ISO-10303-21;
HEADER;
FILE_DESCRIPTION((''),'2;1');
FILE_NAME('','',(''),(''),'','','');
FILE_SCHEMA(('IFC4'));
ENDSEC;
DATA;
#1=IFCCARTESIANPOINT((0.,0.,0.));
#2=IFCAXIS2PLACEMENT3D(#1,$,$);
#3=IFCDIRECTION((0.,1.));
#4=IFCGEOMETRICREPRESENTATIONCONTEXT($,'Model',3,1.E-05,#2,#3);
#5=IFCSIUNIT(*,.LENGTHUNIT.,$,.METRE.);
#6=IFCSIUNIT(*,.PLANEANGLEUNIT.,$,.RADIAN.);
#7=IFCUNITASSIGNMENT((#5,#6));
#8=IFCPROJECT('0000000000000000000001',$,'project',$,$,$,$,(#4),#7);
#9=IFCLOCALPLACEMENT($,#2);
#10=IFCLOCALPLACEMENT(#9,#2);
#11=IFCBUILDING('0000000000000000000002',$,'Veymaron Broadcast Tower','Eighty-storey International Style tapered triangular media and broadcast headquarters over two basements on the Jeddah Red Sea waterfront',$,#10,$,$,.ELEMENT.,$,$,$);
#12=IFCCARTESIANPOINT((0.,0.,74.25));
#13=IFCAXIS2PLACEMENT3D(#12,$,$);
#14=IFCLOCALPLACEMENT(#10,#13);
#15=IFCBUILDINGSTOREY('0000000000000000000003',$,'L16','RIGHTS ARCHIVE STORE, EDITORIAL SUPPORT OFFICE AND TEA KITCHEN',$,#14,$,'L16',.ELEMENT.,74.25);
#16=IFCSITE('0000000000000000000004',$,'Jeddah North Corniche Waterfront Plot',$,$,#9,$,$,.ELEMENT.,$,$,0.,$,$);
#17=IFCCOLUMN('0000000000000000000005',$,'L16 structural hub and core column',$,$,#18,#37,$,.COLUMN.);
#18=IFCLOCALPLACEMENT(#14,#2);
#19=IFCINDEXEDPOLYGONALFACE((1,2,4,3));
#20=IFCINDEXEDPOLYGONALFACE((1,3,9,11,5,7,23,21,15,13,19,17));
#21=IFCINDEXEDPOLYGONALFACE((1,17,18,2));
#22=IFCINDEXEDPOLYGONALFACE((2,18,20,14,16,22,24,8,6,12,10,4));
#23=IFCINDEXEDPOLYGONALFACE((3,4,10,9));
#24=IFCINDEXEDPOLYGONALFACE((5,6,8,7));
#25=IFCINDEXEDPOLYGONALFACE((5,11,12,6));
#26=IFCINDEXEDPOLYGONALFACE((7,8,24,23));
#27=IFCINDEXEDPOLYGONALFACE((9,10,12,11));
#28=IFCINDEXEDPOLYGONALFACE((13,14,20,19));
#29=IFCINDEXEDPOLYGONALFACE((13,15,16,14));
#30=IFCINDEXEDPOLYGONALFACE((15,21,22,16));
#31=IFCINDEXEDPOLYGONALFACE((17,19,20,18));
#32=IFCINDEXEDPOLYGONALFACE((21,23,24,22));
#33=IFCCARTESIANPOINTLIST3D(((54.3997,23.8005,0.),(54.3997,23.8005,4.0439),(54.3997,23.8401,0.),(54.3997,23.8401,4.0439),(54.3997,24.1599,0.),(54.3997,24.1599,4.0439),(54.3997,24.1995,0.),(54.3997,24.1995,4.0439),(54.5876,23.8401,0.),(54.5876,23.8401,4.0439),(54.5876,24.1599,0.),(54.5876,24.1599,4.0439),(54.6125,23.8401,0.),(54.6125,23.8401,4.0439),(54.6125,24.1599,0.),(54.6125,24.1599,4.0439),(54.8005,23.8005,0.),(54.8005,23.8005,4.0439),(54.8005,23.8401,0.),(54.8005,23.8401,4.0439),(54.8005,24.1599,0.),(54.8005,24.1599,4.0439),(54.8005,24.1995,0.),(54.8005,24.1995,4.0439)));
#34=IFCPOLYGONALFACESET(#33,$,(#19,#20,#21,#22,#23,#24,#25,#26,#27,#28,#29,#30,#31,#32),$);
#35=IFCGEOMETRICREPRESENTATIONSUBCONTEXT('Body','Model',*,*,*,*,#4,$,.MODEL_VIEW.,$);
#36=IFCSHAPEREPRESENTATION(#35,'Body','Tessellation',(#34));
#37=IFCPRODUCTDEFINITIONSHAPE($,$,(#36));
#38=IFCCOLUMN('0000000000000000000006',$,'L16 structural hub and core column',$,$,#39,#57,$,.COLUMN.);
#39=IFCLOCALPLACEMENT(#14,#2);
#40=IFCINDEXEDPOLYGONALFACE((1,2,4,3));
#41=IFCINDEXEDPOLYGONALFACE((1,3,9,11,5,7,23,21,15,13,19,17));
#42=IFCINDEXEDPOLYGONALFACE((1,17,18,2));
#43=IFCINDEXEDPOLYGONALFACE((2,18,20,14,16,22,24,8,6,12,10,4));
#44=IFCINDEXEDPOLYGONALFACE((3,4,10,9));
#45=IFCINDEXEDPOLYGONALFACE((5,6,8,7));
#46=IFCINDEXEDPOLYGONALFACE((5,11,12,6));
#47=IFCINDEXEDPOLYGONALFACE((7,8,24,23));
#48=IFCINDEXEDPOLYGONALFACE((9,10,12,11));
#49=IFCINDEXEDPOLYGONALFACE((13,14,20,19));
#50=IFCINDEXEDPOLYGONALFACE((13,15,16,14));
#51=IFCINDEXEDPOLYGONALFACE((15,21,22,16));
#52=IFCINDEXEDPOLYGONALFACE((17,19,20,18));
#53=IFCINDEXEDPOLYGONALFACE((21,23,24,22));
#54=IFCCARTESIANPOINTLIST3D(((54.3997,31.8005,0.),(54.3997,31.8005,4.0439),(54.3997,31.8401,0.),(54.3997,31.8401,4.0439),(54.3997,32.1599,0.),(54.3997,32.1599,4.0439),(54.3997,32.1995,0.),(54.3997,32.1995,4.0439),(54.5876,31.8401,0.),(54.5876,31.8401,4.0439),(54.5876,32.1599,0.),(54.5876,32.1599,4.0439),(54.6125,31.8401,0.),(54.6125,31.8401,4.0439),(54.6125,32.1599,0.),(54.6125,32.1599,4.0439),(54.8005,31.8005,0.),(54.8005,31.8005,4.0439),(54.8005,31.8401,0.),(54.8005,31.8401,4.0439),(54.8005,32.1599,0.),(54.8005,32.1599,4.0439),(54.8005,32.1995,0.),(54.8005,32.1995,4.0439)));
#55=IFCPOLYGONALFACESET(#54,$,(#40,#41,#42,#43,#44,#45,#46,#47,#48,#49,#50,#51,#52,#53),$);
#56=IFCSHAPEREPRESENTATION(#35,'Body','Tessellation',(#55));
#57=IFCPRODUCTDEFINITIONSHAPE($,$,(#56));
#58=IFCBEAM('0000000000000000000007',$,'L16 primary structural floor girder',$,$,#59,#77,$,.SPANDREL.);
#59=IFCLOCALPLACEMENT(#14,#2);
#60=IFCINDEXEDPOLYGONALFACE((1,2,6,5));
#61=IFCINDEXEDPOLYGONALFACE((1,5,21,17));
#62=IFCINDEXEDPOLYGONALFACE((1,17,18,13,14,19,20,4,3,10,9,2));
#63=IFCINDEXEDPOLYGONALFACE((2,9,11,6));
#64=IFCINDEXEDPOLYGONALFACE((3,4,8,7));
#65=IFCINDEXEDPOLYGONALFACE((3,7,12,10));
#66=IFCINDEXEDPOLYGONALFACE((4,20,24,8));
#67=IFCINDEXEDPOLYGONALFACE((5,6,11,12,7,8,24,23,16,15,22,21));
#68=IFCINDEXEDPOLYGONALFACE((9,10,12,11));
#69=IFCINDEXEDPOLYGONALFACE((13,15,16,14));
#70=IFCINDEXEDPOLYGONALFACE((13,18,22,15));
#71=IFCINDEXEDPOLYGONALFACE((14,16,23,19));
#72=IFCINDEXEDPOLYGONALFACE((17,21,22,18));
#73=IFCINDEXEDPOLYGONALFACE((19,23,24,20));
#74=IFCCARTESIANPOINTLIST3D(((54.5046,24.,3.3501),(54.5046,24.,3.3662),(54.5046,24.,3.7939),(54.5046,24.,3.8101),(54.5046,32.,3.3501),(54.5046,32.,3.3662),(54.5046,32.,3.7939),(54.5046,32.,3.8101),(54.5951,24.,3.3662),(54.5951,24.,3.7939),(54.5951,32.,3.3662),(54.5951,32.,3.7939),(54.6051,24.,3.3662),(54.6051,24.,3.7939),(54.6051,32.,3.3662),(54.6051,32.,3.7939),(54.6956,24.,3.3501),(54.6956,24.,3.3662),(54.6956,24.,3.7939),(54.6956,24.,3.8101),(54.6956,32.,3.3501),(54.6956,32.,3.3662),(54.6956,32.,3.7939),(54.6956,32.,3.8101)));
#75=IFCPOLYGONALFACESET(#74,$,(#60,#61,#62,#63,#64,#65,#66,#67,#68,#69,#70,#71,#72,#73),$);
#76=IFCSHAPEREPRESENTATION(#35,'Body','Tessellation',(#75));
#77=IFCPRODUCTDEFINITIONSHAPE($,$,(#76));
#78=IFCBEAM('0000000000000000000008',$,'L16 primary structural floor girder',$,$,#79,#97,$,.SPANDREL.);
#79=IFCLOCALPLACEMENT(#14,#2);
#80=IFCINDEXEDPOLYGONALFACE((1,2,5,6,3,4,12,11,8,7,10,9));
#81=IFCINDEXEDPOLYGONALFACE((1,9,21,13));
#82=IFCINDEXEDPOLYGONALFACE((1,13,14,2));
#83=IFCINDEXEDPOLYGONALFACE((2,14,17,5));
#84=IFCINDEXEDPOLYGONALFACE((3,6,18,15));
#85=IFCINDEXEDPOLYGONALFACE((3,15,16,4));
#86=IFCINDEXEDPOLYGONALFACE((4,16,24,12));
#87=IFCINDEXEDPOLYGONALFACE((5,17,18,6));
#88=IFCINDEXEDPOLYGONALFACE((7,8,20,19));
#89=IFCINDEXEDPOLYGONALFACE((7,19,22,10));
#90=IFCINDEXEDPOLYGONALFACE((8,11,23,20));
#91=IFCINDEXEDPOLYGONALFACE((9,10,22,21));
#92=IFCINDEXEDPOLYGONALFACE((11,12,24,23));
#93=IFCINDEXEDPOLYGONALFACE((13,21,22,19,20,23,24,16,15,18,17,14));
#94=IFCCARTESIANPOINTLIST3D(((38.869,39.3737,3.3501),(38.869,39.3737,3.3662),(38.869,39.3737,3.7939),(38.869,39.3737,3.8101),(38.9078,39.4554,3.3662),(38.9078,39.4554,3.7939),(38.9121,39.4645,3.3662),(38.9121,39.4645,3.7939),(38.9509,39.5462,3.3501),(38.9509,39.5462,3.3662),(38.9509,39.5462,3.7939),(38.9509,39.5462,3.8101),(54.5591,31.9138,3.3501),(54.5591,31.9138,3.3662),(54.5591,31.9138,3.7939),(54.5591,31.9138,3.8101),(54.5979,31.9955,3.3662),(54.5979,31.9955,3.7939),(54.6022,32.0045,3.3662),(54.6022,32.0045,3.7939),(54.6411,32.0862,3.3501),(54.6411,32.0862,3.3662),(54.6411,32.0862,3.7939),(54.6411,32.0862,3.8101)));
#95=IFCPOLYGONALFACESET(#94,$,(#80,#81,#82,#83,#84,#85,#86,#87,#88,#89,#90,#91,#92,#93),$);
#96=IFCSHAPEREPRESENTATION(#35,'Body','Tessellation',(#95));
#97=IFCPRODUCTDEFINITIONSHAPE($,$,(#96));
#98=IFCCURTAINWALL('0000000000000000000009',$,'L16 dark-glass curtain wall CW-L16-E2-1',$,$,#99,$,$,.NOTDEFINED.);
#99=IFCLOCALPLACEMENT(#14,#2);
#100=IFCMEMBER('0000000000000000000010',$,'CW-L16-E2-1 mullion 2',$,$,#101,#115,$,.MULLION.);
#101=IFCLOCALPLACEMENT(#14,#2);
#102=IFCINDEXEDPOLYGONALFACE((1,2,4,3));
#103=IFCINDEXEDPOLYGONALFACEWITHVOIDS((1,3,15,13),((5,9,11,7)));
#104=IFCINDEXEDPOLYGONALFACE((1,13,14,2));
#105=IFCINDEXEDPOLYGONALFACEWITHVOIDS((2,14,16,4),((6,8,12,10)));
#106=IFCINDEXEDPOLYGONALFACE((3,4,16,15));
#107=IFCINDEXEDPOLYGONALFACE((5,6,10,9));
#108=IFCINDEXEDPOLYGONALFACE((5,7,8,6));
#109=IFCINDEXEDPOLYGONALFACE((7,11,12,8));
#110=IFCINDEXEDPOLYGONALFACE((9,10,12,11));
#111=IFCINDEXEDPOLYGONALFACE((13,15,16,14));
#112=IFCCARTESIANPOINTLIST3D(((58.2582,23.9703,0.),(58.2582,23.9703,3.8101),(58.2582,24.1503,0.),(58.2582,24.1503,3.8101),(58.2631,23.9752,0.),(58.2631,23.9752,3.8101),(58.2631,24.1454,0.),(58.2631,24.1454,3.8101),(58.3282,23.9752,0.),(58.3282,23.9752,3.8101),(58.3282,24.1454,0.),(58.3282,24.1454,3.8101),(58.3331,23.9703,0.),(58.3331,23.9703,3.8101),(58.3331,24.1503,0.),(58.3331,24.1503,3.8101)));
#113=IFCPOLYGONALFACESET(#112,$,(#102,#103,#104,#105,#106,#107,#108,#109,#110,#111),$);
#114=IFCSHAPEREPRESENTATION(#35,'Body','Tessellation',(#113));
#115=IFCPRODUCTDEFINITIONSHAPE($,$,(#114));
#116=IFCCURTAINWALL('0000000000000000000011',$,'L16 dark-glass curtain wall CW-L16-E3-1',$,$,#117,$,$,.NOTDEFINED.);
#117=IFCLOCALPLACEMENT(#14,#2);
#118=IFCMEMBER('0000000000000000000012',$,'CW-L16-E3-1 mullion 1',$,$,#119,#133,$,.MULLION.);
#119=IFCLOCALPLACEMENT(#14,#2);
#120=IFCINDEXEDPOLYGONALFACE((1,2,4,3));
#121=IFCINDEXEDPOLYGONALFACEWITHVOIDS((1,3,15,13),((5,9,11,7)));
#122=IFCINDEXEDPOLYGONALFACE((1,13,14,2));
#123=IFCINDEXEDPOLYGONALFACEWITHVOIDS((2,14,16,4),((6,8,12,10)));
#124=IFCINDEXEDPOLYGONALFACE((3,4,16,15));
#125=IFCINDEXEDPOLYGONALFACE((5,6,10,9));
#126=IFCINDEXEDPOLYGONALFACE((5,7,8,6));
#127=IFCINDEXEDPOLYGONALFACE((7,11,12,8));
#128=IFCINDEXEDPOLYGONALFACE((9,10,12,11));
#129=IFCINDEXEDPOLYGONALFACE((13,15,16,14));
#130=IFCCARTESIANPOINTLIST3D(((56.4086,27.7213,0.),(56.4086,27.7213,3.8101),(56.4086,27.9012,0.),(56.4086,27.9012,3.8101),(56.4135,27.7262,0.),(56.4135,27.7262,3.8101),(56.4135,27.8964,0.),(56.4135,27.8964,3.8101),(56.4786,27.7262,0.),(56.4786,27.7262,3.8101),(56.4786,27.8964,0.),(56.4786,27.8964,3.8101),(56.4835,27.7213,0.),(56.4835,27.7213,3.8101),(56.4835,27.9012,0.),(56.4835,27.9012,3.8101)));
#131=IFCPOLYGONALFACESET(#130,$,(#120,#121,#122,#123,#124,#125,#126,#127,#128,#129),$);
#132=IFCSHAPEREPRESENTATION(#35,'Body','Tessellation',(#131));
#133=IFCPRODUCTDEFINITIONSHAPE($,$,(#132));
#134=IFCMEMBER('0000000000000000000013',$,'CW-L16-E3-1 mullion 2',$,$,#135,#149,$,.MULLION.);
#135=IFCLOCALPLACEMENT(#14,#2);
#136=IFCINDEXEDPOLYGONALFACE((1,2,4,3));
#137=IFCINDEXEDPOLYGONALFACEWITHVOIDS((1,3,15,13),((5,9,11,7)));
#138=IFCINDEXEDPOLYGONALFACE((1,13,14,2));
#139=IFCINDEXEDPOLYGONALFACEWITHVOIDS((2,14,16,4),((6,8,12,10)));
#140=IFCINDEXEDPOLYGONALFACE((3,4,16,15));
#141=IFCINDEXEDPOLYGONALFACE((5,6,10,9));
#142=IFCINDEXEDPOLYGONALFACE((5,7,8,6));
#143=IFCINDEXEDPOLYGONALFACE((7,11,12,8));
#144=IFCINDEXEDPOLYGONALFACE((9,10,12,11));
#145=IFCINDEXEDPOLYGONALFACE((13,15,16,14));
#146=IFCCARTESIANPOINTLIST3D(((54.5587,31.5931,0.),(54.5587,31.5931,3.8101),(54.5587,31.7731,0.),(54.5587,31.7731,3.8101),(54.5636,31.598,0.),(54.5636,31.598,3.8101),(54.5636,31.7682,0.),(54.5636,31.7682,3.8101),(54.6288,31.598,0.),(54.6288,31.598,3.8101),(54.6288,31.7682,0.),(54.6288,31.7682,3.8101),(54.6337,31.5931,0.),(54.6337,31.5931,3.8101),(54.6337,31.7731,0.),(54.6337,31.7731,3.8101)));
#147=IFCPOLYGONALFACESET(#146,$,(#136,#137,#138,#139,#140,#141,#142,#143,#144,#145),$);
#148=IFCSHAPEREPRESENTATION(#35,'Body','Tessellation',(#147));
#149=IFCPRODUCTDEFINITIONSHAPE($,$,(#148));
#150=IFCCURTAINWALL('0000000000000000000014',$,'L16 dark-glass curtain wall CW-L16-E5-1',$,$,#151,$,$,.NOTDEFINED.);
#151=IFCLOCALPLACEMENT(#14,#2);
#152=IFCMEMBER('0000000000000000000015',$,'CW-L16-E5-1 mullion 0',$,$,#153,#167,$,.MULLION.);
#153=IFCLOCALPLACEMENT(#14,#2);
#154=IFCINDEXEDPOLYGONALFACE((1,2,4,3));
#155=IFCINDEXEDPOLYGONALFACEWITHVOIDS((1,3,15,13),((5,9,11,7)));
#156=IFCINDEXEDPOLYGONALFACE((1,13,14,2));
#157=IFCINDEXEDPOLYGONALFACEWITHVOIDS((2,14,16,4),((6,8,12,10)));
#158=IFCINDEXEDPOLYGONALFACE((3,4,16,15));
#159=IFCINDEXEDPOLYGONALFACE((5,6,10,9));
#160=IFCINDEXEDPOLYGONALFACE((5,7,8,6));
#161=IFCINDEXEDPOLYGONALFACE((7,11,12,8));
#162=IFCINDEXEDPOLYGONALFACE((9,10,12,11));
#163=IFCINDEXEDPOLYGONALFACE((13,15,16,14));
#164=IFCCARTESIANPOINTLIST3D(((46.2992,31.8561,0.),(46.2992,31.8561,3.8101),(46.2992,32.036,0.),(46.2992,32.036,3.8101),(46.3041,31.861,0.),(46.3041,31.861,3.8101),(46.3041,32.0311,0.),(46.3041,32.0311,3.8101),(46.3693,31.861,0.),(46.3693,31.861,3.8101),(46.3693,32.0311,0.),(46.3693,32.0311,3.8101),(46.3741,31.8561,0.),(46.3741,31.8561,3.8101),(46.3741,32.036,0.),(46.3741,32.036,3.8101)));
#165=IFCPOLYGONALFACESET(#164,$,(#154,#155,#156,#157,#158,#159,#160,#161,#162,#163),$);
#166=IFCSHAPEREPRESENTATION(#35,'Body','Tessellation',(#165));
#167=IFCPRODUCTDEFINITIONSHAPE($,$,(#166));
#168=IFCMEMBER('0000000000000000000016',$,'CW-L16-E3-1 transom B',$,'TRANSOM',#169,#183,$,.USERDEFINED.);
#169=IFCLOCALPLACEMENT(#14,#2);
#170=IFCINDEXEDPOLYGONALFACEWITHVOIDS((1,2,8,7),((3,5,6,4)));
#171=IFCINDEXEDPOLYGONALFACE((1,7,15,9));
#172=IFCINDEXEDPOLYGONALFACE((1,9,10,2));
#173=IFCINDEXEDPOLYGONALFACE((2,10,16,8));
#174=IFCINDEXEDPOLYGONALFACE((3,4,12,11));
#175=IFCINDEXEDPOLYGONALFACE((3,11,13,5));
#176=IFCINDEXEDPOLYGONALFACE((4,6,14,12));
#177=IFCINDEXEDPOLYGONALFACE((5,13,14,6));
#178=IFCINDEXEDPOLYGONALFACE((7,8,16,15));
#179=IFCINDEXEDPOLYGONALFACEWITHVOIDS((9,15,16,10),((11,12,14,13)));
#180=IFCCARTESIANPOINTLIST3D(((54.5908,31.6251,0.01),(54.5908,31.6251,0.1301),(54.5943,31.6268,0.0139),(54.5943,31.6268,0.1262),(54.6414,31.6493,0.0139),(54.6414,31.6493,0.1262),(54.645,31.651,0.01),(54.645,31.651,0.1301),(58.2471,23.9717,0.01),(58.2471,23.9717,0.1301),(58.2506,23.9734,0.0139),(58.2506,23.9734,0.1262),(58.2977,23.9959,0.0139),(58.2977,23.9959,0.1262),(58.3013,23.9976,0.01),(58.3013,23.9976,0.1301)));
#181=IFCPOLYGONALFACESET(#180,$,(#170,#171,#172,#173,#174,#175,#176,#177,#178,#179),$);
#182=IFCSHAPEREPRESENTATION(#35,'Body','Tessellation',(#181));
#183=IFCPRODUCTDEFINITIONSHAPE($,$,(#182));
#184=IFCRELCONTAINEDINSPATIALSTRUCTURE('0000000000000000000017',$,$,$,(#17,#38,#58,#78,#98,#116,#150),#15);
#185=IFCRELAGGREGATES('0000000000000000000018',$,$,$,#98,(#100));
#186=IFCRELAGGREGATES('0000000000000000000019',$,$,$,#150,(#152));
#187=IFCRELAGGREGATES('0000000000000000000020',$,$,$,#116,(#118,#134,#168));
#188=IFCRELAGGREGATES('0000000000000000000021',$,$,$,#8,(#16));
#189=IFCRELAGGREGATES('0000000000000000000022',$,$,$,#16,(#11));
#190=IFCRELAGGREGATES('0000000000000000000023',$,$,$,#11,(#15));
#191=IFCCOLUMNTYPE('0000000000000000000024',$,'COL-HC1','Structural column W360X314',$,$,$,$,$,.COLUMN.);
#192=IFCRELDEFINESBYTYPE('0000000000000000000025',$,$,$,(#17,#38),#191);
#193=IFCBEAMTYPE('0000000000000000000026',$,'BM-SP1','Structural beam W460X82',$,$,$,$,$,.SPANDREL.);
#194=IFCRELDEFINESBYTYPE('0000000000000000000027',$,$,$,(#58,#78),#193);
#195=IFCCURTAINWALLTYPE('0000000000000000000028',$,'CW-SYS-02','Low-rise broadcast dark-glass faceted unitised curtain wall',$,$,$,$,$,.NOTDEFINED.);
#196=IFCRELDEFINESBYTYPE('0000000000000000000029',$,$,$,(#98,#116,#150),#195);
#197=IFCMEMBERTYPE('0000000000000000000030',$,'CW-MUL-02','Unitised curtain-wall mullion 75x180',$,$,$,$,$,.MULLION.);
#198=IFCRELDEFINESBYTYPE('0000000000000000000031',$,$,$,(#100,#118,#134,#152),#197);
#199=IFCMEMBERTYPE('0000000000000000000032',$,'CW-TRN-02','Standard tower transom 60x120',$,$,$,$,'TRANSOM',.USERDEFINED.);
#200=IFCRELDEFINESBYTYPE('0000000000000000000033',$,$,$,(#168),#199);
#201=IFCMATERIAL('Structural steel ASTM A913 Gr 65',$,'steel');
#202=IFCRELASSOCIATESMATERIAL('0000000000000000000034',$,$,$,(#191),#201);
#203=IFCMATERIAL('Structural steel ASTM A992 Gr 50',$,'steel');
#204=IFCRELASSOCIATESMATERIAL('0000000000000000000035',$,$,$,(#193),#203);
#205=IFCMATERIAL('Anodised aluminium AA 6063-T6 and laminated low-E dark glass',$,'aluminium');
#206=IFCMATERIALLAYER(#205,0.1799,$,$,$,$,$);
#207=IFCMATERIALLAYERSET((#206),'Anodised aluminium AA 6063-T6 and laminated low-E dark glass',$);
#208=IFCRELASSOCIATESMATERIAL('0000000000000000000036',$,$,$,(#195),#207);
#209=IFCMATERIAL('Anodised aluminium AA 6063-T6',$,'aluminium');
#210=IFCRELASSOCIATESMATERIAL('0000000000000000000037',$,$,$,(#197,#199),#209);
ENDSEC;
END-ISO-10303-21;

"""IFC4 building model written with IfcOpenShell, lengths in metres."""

from ifc_helpers import new_model, si_unit, direction, frame, origin, origin_2d, place, context, subcontext, project, spatial, hollow_rectangle, i_section, extrude, material, layer, layer_set, material_profile, profile_set, type_object, element, aggregate, save


model = new_model("IFC4")

# Units and contexts
model_context = context("Model", 3, precision=1e-05, world=origin(), true_north=direction((0.0, 1.0)))
body_context = subcontext(model_context, "Body", "Model", "MODEL_VIEW")
ifc_project = project(units=[si_unit("LENGTHUNIT", "METRE"), si_unit("PLANEANGLEUNIT", "RADIAN")], contexts=[model_context])

# Site, building, storey
site_placement = place(None, origin())
site = spatial("IfcSite", under=ifc_project, at=site_placement, Name="Jeddah North Corniche Waterfront Plot", CompositionType="ELEMENT", RefElevation=0.0)
building_placement = place(site_placement, origin())
building = spatial("IfcBuilding", under=site, at=building_placement, Name="Veymaron Broadcast Tower", Description="Eighty-storey International Style tapered triangular media and broadcast headquarters over two basements on the Jeddah Red Sea waterfront", CompositionType="ELEMENT")
storey_placement = place(building_placement, frame((0.0, 0.0, 74.25)))
storey = spatial("IfcBuildingStorey", under=building, at=storey_placement, Name="L16", Description="RIGHTS ARCHIVE STORE, EDITORIAL SUPPORT OFFICE AND TEA KITCHEN", LongName="L16", CompositionType="ELEMENT", Elevation=74.25)

# Columns
ifc_material_1 = material(Name="Structural steel ASTM A913 Gr 65", Category="steel")
ifc_material_profile_1 = material_profile(ifc_material_1, i_section(OverallWidth=0.4009, OverallDepth=0.3989, WebThickness=0.0249, FlangeThickness=0.0396, at=origin_2d()), Name="W360X314")
ifc_profile_set_1 = profile_set([ifc_material_profile_1], Name="Structural steel ASTM A913 Gr 65")
column_type = type_object("IfcColumnType", Name="COL-HC1", Description="Structural column W360X314", PredefinedType="COLUMN", material=ifc_profile_set_1)
for number, where, z_axis, x_axis, name in (
    (1, (54.6001, 24.0, 0.0), (0.0, 0.0, 1.0), (1.0, 0.0, 0.0), "L16 structural hub and core column"),
    (2, (54.6001, 32.0, 0.0), (0.0, 0.0, 1.0), (1.0, 0.0, 0.0), "L16 structural hub and core column"),
):
    element("IfcColumn", number, at=place(storey_placement, frame(where, z_axis=z_axis, x_axis=x_axis)), inside=storey, type_object=column_type, Name=name, PredefinedType="COLUMN", context=body_context, shape_type="SweptSolid", body=[
        extrude(i_section(OverallWidth=0.4009, OverallDepth=0.3989, WebThickness=0.0249, FlangeThickness=0.0396, at=origin_2d()), origin(), (0.0, 0.0, 1.0), 4.0439),
    ])

# Beams
ifc_material_2 = material(Name="Structural steel ASTM A992 Gr 50", Category="steel")
ifc_material_profile_2 = material_profile(ifc_material_2, i_section(OverallWidth=0.1909, OverallDepth=0.46, WebThickness=0.01, FlangeThickness=0.0161, at=origin_2d()), Name="W460X82")
ifc_profile_set_2 = profile_set([ifc_material_profile_2], Name="Structural steel ASTM A992 Gr 50")
beam_type = type_object("IfcBeamType", Name="BM-SP1", Description="Structural beam W460X82", PredefinedType="SPANDREL", material=ifc_profile_set_2)
beam_1_placement = place(storey_placement, frame((54.6001, 24.0, 3.5801), z_axis=(0.0, 1.0, 0.0), x_axis=(-1.0, 0.0, 0.0)))
element("IfcBeam", 3, at=beam_1_placement, inside=storey, type_object=beam_type, Name="L16 primary structural floor girder", PredefinedType="SPANDREL", context=body_context, shape_type="SweptSolid", body=[
    extrude(i_section(OverallWidth=0.1909, OverallDepth=0.46, WebThickness=0.01, FlangeThickness=0.0161, at=origin_2d()), origin(), (0.0, 0.0, 1.0), 8.0),
])
beam_2_placement = place(storey_placement, frame((54.6001, 32.0, 3.5801), z_axis=(-0.903119, 0.429391, 0.0), x_axis=(-0.429391, -0.903119, 0.0)))
element("IfcBeam", 4, at=beam_2_placement, inside=storey, type_object=beam_type, Name="L16 primary structural floor girder", PredefinedType="SPANDREL", context=body_context, shape_type="SweptSolid", body=[
    extrude(i_section(OverallWidth=0.1909, OverallDepth=0.46, WebThickness=0.01, FlangeThickness=0.0161, at=origin_2d()), origin(), (0.0, 0.0, 1.0), 17.3733),
])

# Curtain wall, member
ifc_material_3 = material(Name="Anodised aluminium AA 6063-T6 and laminated low-E dark glass", Category="aluminium")
ifc_layer_1 = layer(ifc_material_3, 0.1799)
ifc_layer_set_1 = layer_set([ifc_layer_1], Name="Anodised aluminium AA 6063-T6 and laminated low-E dark glass")
curtain_wall_type = type_object("IfcCurtainWallType", Name="CW-SYS-02", Description="Low-rise broadcast dark-glass faceted unitised curtain wall", PredefinedType="NOTDEFINED", material=ifc_layer_set_1)
curtain_wall_1_placement = place(storey_placement, origin())
curtain_wall_1 = element("IfcCurtainWall", 5, at=curtain_wall_1_placement, inside=storey, type_object=curtain_wall_type, Name="L16 dark-glass curtain wall CW-L16-E2-1", PredefinedType="NOTDEFINED")
ifc_material_4 = material(Name="Anodised aluminium AA 6063-T6", Category="aluminium")
ifc_material_profile_3 = material_profile(ifc_material_4, hollow_rectangle(XDim=0.075, YDim=0.1799, WallThickness=0.0049, at=origin_2d()), Name="AL180X75X5")
ifc_profile_set_3 = profile_set([ifc_material_profile_3], Name="Anodised aluminium AA 6063-T6")
member_type_1 = type_object("IfcMemberType", Name="CW-MUL-02", Description="Unitised curtain-wall mullion 75x180", PredefinedType="MULLION", material=ifc_profile_set_3)
member_1_placement = place(storey_placement, frame((58.2957, 24.0603, 0.0), z_axis=(0.0, 0.0, 1.0), x_axis=(1.0, 0.0, 0.0)))
member_1 = element("IfcMember", 6, at=member_1_placement, type_object=member_type_1, Name="CW-L16-E2-1 mullion 2", PredefinedType="MULLION", context=body_context, shape_type="SweptSolid", body=[
    extrude(hollow_rectangle(XDim=0.075, YDim=0.1799, WallThickness=0.0049, at=origin_2d()), origin(), (0.0, 0.0, 1.0), 3.8101),
])
aggregate(curtain_wall_1, [member_1])

# Curtain wall, members
curtain_wall_2_placement = place(storey_placement, origin())
curtain_wall_2 = element("IfcCurtainWall", 7, at=curtain_wall_2_placement, inside=storey, type_object=curtain_wall_type, Name="L16 dark-glass curtain wall CW-L16-E3-1", PredefinedType="NOTDEFINED")
member_2_placement = place(storey_placement, frame((56.446, 27.8113, 0.0), z_axis=(0.0, 0.0, 1.0), x_axis=(1.0, 0.0, 0.0)))
member_2 = element("IfcMember", 8, at=member_2_placement, type_object=member_type_1, Name="CW-L16-E3-1 mullion 1", PredefinedType="MULLION", context=body_context, shape_type="SweptSolid", body=[
    extrude(hollow_rectangle(XDim=0.075, YDim=0.1799, WallThickness=0.0049, at=origin_2d()), origin(), (0.0, 0.0, 1.0), 3.8101),
])
member_3_placement = place(storey_placement, frame((54.5962, 31.6831, 0.0), z_axis=(0.0, 0.0, 1.0), x_axis=(1.0, 0.0, 0.0)))
member_3 = element("IfcMember", 9, at=member_3_placement, type_object=member_type_1, Name="CW-L16-E3-1 mullion 2", PredefinedType="MULLION", context=body_context, shape_type="SweptSolid", body=[
    extrude(hollow_rectangle(XDim=0.075, YDim=0.1799, WallThickness=0.0049, at=origin_2d()), origin(), (0.0, 0.0, 1.0), 3.8101),
])

# Curtain wall, member
curtain_wall_3_placement = place(storey_placement, origin())
curtain_wall_3 = element("IfcCurtainWall", 10, at=curtain_wall_3_placement, inside=storey, type_object=curtain_wall_type, Name="L16 dark-glass curtain wall CW-L16-E5-1", PredefinedType="NOTDEFINED")
member_4_placement = place(storey_placement, frame((46.3367, 31.946, 0.0), z_axis=(0.0, 0.0, 1.0), x_axis=(1.0, 0.0, 0.0)))
member_4 = element("IfcMember", 11, at=member_4_placement, type_object=member_type_1, Name="CW-L16-E5-1 mullion 0", PredefinedType="MULLION", context=body_context, shape_type="SweptSolid", body=[
    extrude(hollow_rectangle(XDim=0.075, YDim=0.1799, WallThickness=0.0049, at=origin_2d()), origin(), (0.0, 0.0, 1.0), 3.8101),
])

# Member
ifc_material_profile_4 = material_profile(ifc_material_4, hollow_rectangle(XDim=0.0601, YDim=0.1201, WallThickness=0.0039, at=origin_2d()), Name="AL120X60X4")
ifc_profile_set_4 = profile_set([ifc_material_profile_4], Name="Anodised aluminium AA 6063-T6")
member_type_2 = type_object("IfcMemberType", Name="CW-TRN-02", Description="Standard tower transom 60x120", ElementType="TRANSOM", PredefinedType="USERDEFINED", material=ifc_profile_set_4)
member_5_placement = place(storey_placement, frame((58.2742, 23.9846, 0.0701), z_axis=(-0.431068, 0.902319, 0.0), x_axis=(-0.902319, -0.431068, 0.0)))
member_5 = element("IfcMember", 12, at=member_5_placement, type_object=member_type_2, Name="CW-L16-E3-1 transom B", ObjectType="TRANSOM", PredefinedType="USERDEFINED", context=body_context, shape_type="SweptSolid", body=[
    extrude(hollow_rectangle(XDim=0.0601, YDim=0.1201, WallThickness=0.0039, at=origin_2d()), origin(), (0.0, 0.0, 1.0), 8.4819),
])
aggregate(curtain_wall_3, [member_4])

aggregate(curtain_wall_2, [member_2, member_3, member_5])

save(model, "model.ifc")
